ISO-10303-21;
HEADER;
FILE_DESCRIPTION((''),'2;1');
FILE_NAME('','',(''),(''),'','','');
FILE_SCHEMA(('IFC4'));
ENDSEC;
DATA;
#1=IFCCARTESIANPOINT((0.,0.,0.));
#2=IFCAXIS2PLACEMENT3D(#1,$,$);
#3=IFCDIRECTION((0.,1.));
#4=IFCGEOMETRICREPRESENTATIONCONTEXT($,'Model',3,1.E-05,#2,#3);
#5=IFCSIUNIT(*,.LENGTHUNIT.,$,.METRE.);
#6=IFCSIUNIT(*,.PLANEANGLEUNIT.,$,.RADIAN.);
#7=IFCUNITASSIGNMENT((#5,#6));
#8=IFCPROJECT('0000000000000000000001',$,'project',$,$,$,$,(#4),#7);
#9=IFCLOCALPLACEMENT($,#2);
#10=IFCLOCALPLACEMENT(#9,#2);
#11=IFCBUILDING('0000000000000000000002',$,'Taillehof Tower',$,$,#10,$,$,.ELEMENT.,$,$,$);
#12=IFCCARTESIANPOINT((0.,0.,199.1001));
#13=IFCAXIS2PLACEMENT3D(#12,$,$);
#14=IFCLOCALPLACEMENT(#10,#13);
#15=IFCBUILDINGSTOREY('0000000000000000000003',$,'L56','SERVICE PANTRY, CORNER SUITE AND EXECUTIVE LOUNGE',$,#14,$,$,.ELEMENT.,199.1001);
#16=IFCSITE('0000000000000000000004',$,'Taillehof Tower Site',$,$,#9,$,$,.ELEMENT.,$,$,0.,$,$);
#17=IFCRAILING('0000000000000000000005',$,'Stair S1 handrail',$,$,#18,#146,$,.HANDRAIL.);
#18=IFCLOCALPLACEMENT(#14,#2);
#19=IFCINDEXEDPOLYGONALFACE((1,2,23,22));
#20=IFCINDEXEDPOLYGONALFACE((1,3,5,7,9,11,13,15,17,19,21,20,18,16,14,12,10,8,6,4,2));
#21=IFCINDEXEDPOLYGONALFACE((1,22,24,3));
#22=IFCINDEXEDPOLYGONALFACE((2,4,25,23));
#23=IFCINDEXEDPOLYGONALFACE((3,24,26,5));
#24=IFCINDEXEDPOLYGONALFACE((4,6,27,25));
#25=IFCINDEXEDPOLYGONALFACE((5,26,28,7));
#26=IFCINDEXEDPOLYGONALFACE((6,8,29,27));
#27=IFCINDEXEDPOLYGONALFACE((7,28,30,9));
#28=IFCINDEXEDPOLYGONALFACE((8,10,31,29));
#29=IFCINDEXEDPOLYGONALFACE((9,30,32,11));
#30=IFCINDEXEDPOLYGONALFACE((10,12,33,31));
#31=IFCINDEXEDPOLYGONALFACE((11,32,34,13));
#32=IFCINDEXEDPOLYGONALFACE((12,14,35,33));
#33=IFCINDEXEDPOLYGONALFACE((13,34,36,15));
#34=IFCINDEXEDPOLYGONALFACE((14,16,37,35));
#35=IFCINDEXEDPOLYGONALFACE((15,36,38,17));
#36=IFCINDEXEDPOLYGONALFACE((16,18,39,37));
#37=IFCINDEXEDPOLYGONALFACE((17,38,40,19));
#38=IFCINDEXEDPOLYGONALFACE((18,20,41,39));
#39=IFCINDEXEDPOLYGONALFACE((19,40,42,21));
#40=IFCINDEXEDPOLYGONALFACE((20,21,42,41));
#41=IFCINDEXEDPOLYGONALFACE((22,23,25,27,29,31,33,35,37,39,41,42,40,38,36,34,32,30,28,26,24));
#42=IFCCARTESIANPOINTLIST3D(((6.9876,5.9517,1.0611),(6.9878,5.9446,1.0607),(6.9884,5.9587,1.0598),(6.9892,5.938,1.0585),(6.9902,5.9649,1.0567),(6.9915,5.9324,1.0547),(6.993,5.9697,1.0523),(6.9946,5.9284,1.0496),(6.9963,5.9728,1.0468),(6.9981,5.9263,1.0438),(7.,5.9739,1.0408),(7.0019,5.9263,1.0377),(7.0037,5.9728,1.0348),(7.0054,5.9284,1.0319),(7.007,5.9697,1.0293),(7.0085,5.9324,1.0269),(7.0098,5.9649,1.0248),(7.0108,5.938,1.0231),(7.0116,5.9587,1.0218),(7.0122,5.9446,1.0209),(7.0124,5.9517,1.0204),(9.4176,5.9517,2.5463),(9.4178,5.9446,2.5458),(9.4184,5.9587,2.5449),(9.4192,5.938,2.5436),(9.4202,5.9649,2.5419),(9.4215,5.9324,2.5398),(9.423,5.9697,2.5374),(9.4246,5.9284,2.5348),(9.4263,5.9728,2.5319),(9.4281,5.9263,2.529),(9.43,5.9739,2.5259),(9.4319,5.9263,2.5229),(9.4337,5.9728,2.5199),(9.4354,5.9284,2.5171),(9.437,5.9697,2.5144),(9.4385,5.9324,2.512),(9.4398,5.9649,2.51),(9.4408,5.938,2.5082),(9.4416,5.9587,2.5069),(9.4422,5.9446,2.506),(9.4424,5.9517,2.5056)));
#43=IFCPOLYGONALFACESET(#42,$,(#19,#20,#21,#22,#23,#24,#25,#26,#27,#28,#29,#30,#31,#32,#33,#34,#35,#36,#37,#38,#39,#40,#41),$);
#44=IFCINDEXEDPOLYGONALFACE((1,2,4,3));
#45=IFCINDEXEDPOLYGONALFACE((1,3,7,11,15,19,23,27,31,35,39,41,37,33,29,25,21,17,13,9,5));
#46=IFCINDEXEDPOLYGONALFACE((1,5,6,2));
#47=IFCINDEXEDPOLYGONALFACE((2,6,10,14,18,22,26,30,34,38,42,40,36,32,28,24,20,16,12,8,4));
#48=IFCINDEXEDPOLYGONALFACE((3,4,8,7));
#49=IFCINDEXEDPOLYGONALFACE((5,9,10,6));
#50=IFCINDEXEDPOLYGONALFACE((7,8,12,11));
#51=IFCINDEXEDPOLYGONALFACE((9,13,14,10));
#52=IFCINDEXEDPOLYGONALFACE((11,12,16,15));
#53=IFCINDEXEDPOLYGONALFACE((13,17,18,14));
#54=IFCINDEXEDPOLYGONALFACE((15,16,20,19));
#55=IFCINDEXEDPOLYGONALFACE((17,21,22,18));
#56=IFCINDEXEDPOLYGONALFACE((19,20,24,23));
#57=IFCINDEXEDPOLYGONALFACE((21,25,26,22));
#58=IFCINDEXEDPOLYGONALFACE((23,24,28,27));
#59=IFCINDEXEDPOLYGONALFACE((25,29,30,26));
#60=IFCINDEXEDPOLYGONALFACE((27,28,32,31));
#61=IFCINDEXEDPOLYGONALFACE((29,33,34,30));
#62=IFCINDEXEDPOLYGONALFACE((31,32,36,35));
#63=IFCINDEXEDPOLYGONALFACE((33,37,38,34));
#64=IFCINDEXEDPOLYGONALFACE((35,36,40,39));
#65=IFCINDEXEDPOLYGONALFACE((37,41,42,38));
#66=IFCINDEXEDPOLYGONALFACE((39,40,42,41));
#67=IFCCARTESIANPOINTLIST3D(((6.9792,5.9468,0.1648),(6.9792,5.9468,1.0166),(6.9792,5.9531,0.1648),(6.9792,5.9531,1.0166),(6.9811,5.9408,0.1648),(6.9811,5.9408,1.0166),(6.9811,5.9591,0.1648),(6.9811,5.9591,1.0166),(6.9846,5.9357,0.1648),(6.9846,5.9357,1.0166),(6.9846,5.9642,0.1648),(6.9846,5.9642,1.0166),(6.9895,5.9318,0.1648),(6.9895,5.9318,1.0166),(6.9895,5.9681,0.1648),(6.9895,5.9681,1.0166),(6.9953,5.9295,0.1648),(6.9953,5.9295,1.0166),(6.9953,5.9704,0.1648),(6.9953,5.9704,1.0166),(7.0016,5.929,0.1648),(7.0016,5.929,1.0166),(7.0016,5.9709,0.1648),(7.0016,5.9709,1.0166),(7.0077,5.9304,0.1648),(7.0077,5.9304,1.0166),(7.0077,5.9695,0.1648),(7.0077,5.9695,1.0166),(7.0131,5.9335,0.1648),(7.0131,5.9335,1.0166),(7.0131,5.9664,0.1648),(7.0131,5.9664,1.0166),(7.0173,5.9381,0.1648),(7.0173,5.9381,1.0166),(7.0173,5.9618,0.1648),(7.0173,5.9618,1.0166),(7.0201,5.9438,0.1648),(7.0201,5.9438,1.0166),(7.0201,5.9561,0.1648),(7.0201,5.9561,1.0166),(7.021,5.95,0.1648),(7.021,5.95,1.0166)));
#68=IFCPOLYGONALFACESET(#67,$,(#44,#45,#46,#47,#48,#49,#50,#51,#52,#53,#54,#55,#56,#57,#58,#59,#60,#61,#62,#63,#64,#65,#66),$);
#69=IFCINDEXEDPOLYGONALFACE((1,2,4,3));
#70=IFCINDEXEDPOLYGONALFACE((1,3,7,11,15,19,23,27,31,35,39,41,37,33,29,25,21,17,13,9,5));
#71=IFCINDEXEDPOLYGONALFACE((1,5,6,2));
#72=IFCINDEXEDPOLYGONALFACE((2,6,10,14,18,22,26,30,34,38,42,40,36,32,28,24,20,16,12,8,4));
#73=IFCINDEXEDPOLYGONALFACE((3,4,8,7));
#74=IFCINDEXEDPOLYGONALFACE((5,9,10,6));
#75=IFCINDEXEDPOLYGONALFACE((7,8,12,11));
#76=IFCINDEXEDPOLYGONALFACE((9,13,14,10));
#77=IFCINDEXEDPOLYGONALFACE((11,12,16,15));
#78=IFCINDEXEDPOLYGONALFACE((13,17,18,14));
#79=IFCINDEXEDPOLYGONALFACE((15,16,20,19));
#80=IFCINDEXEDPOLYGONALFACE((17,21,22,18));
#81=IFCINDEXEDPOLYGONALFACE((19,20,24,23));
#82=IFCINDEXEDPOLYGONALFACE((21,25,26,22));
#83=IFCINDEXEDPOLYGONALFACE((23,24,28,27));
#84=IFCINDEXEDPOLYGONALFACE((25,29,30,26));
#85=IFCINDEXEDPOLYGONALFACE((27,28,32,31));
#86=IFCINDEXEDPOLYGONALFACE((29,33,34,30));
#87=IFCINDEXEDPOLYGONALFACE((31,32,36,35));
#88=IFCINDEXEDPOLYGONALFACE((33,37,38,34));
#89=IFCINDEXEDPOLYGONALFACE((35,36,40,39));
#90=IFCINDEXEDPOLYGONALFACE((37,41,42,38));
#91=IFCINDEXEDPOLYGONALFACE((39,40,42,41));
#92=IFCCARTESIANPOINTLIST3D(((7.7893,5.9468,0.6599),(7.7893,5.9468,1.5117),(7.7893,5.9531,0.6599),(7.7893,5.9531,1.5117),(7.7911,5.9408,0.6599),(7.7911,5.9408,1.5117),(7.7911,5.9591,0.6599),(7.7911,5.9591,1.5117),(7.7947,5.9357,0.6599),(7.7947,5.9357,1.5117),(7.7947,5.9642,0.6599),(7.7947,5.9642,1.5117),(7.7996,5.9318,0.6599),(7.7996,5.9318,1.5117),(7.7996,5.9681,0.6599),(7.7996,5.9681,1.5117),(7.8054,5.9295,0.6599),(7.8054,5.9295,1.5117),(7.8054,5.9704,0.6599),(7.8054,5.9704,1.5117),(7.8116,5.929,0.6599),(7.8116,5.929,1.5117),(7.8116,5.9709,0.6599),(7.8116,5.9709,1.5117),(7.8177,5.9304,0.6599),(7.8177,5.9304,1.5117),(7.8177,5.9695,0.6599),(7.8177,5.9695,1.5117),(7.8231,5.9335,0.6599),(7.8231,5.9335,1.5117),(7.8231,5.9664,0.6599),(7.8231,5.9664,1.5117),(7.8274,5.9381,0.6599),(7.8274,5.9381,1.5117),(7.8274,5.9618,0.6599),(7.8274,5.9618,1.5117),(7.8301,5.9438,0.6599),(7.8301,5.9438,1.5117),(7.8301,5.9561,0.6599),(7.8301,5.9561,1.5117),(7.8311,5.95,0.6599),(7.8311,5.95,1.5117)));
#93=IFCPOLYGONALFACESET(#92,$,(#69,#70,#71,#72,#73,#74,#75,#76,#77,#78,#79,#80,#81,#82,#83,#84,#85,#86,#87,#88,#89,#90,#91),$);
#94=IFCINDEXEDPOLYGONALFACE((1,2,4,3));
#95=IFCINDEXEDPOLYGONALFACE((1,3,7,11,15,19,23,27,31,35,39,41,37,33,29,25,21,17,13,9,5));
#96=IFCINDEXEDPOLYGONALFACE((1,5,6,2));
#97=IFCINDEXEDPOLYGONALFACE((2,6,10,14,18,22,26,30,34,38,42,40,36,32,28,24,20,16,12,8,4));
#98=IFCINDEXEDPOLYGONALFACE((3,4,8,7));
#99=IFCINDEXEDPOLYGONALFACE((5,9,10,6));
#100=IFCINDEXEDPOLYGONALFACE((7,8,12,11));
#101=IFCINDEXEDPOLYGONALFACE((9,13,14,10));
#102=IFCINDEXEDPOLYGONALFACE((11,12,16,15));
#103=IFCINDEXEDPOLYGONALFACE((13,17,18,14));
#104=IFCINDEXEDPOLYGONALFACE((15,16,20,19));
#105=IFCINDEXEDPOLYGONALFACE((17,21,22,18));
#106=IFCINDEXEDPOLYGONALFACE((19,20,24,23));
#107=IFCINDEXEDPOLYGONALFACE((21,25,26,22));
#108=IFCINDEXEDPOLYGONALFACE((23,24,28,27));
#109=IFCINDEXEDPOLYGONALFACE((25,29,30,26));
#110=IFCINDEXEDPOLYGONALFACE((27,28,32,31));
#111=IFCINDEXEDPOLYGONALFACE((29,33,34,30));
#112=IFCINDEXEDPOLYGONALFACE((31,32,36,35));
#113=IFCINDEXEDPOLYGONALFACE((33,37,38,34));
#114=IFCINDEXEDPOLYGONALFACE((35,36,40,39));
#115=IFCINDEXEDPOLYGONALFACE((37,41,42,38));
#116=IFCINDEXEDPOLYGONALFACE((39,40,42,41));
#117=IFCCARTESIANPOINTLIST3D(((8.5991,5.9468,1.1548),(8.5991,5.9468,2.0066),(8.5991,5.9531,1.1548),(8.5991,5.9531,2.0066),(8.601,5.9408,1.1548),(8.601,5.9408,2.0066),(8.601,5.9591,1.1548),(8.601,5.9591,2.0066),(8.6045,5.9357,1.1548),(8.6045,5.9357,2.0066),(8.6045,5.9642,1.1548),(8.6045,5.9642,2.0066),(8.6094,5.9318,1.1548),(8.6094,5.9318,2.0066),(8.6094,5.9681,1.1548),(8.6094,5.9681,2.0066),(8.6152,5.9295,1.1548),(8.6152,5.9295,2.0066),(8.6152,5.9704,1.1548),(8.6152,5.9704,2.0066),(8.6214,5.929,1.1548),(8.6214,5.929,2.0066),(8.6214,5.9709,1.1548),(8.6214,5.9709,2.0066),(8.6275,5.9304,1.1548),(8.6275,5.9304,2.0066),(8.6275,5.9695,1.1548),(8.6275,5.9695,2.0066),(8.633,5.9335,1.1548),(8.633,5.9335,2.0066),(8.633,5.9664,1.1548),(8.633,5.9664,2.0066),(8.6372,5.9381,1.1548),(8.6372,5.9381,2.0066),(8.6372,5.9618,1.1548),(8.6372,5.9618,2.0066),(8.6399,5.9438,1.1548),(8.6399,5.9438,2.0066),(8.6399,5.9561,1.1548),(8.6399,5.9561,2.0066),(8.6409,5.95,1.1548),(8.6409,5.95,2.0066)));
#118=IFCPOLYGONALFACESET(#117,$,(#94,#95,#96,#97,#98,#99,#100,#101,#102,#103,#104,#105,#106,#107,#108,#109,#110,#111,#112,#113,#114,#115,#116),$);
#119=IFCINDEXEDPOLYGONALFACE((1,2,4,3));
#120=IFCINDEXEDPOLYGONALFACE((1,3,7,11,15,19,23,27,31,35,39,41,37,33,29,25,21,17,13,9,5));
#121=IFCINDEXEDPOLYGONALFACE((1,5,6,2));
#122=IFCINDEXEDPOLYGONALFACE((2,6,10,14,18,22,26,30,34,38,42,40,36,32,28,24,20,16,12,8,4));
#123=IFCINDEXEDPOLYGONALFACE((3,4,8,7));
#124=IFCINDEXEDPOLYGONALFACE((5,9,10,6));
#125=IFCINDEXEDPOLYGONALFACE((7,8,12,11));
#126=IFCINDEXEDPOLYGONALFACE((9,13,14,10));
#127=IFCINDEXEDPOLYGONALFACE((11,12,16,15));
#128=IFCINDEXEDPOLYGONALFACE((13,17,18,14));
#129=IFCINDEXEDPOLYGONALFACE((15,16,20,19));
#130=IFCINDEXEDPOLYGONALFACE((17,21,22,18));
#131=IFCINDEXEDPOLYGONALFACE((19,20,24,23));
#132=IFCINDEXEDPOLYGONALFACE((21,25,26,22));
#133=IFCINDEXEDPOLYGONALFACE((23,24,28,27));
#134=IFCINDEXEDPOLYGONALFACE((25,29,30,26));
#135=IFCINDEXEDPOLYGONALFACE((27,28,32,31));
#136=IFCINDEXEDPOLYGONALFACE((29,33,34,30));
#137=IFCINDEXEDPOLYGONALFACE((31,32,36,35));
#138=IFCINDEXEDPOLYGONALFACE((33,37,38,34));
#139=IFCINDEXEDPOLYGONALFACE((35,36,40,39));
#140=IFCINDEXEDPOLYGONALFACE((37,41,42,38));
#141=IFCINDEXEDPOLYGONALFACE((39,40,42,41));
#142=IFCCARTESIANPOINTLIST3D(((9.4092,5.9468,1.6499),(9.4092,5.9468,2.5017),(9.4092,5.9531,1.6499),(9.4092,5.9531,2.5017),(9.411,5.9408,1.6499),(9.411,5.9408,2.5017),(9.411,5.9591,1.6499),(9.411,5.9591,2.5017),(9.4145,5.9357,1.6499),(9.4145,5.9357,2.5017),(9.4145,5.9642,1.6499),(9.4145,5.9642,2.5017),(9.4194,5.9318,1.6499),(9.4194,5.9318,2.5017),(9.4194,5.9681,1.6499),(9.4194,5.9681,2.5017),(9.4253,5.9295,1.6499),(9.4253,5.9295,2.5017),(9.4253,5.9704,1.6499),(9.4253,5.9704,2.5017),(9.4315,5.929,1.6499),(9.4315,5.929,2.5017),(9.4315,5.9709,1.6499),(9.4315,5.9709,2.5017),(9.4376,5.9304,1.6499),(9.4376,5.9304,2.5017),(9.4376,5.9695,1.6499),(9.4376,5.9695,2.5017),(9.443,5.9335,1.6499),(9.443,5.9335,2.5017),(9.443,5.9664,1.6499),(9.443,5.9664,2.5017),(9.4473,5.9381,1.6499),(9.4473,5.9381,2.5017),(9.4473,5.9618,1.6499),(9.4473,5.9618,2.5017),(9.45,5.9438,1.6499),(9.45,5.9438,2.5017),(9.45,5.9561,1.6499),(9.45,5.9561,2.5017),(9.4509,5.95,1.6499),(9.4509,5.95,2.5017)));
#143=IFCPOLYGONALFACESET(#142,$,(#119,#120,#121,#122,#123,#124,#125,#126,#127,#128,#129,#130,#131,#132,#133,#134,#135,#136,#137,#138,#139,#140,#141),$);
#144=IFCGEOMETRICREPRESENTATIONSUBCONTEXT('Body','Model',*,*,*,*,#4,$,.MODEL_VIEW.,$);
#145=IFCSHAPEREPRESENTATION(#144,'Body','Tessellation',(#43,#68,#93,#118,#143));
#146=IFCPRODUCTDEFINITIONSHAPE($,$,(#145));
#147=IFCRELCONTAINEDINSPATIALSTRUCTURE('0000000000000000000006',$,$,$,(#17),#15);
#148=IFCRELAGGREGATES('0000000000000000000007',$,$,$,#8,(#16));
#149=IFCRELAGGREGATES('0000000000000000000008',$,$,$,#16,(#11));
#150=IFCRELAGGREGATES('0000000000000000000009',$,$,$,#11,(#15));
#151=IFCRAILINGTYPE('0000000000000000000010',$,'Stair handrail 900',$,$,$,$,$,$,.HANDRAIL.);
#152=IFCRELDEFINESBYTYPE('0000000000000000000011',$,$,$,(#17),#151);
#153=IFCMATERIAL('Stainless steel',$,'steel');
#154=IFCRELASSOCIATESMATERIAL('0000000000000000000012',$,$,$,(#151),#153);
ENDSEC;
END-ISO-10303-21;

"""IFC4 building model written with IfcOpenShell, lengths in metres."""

from ifc_helpers import new_model, si_unit, direction, frame, origin, origin_2d, place, context, subcontext, project, spatial, circle, extrude, material, type_object, element, save


model = new_model("IFC4")

# Units and contexts
model_context = context("Model", 3, precision=1e-05, world=origin(), true_north=direction((0.0, 1.0)))
body_context = subcontext(model_context, "Body", "Model", "MODEL_VIEW")
ifc_project = project(units=[si_unit("LENGTHUNIT", "METRE"), si_unit("PLANEANGLEUNIT", "RADIAN")], contexts=[model_context])

# Site, building, storey
site_placement = place(None, origin())
site = spatial("IfcSite", under=ifc_project, at=site_placement, Name="Taillehof Tower Site", CompositionType="ELEMENT", RefElevation=0.0)
building_placement = place(site_placement, origin())
building = spatial("IfcBuilding", under=site, at=building_placement, Name="Taillehof Tower", CompositionType="ELEMENT")
storey_placement = place(building_placement, frame((0.0, 0.0, 199.1001)))
storey = spatial("IfcBuildingStorey", under=building, at=storey_placement, Name="L56", Description="SERVICE PANTRY, CORNER SUITE AND EXECUTIVE LOUNGE", CompositionType="ELEMENT", Elevation=199.1001)

# Railing
ifc_material_1 = material(Name="Stainless steel", Category="steel")
railing_type = type_object("IfcRailingType", Name="Stair handrail 900", PredefinedType="HANDRAIL", material=ifc_material_1)
railing_placement = place(storey_placement, frame((7.0, 5.95, 0.1648)))
element("IfcRailing", 1, at=railing_placement, inside=storey, type_object=railing_type, Name="Stair S1 handrail", PredefinedType="HANDRAIL", context=body_context, shape_type="SweptSolid", body=[
    extrude(circle(Radius=0.0239, at=origin_2d()), frame((0.0, 0.0, 0.876), z_axis=(0.853259, 0.0, 0.521488), x_axis=(0.0, 1.0, 0.0)), (0.0, 0.0, 1.0), 2.8479),
    extrude(circle(Radius=0.021, at=origin_2d()), origin(), (0.0, 0.0, 1.0), 0.8518),
    extrude(circle(Radius=0.021, at=origin_2d()), frame((0.8101, 0.0, 0.4951)), (0.0, 0.0, 1.0), 0.8518),
    extrude(circle(Radius=0.021, at=origin_2d()), frame((1.6199, 0.0, 0.99)), (0.0, 0.0, 1.0), 0.8518),
    extrude(circle(Radius=0.021, at=origin_2d()), frame((2.4299, 0.0, 1.4851)), (0.0, 0.0, 1.0), 0.8518),
])

save(model, "model.ifc")
